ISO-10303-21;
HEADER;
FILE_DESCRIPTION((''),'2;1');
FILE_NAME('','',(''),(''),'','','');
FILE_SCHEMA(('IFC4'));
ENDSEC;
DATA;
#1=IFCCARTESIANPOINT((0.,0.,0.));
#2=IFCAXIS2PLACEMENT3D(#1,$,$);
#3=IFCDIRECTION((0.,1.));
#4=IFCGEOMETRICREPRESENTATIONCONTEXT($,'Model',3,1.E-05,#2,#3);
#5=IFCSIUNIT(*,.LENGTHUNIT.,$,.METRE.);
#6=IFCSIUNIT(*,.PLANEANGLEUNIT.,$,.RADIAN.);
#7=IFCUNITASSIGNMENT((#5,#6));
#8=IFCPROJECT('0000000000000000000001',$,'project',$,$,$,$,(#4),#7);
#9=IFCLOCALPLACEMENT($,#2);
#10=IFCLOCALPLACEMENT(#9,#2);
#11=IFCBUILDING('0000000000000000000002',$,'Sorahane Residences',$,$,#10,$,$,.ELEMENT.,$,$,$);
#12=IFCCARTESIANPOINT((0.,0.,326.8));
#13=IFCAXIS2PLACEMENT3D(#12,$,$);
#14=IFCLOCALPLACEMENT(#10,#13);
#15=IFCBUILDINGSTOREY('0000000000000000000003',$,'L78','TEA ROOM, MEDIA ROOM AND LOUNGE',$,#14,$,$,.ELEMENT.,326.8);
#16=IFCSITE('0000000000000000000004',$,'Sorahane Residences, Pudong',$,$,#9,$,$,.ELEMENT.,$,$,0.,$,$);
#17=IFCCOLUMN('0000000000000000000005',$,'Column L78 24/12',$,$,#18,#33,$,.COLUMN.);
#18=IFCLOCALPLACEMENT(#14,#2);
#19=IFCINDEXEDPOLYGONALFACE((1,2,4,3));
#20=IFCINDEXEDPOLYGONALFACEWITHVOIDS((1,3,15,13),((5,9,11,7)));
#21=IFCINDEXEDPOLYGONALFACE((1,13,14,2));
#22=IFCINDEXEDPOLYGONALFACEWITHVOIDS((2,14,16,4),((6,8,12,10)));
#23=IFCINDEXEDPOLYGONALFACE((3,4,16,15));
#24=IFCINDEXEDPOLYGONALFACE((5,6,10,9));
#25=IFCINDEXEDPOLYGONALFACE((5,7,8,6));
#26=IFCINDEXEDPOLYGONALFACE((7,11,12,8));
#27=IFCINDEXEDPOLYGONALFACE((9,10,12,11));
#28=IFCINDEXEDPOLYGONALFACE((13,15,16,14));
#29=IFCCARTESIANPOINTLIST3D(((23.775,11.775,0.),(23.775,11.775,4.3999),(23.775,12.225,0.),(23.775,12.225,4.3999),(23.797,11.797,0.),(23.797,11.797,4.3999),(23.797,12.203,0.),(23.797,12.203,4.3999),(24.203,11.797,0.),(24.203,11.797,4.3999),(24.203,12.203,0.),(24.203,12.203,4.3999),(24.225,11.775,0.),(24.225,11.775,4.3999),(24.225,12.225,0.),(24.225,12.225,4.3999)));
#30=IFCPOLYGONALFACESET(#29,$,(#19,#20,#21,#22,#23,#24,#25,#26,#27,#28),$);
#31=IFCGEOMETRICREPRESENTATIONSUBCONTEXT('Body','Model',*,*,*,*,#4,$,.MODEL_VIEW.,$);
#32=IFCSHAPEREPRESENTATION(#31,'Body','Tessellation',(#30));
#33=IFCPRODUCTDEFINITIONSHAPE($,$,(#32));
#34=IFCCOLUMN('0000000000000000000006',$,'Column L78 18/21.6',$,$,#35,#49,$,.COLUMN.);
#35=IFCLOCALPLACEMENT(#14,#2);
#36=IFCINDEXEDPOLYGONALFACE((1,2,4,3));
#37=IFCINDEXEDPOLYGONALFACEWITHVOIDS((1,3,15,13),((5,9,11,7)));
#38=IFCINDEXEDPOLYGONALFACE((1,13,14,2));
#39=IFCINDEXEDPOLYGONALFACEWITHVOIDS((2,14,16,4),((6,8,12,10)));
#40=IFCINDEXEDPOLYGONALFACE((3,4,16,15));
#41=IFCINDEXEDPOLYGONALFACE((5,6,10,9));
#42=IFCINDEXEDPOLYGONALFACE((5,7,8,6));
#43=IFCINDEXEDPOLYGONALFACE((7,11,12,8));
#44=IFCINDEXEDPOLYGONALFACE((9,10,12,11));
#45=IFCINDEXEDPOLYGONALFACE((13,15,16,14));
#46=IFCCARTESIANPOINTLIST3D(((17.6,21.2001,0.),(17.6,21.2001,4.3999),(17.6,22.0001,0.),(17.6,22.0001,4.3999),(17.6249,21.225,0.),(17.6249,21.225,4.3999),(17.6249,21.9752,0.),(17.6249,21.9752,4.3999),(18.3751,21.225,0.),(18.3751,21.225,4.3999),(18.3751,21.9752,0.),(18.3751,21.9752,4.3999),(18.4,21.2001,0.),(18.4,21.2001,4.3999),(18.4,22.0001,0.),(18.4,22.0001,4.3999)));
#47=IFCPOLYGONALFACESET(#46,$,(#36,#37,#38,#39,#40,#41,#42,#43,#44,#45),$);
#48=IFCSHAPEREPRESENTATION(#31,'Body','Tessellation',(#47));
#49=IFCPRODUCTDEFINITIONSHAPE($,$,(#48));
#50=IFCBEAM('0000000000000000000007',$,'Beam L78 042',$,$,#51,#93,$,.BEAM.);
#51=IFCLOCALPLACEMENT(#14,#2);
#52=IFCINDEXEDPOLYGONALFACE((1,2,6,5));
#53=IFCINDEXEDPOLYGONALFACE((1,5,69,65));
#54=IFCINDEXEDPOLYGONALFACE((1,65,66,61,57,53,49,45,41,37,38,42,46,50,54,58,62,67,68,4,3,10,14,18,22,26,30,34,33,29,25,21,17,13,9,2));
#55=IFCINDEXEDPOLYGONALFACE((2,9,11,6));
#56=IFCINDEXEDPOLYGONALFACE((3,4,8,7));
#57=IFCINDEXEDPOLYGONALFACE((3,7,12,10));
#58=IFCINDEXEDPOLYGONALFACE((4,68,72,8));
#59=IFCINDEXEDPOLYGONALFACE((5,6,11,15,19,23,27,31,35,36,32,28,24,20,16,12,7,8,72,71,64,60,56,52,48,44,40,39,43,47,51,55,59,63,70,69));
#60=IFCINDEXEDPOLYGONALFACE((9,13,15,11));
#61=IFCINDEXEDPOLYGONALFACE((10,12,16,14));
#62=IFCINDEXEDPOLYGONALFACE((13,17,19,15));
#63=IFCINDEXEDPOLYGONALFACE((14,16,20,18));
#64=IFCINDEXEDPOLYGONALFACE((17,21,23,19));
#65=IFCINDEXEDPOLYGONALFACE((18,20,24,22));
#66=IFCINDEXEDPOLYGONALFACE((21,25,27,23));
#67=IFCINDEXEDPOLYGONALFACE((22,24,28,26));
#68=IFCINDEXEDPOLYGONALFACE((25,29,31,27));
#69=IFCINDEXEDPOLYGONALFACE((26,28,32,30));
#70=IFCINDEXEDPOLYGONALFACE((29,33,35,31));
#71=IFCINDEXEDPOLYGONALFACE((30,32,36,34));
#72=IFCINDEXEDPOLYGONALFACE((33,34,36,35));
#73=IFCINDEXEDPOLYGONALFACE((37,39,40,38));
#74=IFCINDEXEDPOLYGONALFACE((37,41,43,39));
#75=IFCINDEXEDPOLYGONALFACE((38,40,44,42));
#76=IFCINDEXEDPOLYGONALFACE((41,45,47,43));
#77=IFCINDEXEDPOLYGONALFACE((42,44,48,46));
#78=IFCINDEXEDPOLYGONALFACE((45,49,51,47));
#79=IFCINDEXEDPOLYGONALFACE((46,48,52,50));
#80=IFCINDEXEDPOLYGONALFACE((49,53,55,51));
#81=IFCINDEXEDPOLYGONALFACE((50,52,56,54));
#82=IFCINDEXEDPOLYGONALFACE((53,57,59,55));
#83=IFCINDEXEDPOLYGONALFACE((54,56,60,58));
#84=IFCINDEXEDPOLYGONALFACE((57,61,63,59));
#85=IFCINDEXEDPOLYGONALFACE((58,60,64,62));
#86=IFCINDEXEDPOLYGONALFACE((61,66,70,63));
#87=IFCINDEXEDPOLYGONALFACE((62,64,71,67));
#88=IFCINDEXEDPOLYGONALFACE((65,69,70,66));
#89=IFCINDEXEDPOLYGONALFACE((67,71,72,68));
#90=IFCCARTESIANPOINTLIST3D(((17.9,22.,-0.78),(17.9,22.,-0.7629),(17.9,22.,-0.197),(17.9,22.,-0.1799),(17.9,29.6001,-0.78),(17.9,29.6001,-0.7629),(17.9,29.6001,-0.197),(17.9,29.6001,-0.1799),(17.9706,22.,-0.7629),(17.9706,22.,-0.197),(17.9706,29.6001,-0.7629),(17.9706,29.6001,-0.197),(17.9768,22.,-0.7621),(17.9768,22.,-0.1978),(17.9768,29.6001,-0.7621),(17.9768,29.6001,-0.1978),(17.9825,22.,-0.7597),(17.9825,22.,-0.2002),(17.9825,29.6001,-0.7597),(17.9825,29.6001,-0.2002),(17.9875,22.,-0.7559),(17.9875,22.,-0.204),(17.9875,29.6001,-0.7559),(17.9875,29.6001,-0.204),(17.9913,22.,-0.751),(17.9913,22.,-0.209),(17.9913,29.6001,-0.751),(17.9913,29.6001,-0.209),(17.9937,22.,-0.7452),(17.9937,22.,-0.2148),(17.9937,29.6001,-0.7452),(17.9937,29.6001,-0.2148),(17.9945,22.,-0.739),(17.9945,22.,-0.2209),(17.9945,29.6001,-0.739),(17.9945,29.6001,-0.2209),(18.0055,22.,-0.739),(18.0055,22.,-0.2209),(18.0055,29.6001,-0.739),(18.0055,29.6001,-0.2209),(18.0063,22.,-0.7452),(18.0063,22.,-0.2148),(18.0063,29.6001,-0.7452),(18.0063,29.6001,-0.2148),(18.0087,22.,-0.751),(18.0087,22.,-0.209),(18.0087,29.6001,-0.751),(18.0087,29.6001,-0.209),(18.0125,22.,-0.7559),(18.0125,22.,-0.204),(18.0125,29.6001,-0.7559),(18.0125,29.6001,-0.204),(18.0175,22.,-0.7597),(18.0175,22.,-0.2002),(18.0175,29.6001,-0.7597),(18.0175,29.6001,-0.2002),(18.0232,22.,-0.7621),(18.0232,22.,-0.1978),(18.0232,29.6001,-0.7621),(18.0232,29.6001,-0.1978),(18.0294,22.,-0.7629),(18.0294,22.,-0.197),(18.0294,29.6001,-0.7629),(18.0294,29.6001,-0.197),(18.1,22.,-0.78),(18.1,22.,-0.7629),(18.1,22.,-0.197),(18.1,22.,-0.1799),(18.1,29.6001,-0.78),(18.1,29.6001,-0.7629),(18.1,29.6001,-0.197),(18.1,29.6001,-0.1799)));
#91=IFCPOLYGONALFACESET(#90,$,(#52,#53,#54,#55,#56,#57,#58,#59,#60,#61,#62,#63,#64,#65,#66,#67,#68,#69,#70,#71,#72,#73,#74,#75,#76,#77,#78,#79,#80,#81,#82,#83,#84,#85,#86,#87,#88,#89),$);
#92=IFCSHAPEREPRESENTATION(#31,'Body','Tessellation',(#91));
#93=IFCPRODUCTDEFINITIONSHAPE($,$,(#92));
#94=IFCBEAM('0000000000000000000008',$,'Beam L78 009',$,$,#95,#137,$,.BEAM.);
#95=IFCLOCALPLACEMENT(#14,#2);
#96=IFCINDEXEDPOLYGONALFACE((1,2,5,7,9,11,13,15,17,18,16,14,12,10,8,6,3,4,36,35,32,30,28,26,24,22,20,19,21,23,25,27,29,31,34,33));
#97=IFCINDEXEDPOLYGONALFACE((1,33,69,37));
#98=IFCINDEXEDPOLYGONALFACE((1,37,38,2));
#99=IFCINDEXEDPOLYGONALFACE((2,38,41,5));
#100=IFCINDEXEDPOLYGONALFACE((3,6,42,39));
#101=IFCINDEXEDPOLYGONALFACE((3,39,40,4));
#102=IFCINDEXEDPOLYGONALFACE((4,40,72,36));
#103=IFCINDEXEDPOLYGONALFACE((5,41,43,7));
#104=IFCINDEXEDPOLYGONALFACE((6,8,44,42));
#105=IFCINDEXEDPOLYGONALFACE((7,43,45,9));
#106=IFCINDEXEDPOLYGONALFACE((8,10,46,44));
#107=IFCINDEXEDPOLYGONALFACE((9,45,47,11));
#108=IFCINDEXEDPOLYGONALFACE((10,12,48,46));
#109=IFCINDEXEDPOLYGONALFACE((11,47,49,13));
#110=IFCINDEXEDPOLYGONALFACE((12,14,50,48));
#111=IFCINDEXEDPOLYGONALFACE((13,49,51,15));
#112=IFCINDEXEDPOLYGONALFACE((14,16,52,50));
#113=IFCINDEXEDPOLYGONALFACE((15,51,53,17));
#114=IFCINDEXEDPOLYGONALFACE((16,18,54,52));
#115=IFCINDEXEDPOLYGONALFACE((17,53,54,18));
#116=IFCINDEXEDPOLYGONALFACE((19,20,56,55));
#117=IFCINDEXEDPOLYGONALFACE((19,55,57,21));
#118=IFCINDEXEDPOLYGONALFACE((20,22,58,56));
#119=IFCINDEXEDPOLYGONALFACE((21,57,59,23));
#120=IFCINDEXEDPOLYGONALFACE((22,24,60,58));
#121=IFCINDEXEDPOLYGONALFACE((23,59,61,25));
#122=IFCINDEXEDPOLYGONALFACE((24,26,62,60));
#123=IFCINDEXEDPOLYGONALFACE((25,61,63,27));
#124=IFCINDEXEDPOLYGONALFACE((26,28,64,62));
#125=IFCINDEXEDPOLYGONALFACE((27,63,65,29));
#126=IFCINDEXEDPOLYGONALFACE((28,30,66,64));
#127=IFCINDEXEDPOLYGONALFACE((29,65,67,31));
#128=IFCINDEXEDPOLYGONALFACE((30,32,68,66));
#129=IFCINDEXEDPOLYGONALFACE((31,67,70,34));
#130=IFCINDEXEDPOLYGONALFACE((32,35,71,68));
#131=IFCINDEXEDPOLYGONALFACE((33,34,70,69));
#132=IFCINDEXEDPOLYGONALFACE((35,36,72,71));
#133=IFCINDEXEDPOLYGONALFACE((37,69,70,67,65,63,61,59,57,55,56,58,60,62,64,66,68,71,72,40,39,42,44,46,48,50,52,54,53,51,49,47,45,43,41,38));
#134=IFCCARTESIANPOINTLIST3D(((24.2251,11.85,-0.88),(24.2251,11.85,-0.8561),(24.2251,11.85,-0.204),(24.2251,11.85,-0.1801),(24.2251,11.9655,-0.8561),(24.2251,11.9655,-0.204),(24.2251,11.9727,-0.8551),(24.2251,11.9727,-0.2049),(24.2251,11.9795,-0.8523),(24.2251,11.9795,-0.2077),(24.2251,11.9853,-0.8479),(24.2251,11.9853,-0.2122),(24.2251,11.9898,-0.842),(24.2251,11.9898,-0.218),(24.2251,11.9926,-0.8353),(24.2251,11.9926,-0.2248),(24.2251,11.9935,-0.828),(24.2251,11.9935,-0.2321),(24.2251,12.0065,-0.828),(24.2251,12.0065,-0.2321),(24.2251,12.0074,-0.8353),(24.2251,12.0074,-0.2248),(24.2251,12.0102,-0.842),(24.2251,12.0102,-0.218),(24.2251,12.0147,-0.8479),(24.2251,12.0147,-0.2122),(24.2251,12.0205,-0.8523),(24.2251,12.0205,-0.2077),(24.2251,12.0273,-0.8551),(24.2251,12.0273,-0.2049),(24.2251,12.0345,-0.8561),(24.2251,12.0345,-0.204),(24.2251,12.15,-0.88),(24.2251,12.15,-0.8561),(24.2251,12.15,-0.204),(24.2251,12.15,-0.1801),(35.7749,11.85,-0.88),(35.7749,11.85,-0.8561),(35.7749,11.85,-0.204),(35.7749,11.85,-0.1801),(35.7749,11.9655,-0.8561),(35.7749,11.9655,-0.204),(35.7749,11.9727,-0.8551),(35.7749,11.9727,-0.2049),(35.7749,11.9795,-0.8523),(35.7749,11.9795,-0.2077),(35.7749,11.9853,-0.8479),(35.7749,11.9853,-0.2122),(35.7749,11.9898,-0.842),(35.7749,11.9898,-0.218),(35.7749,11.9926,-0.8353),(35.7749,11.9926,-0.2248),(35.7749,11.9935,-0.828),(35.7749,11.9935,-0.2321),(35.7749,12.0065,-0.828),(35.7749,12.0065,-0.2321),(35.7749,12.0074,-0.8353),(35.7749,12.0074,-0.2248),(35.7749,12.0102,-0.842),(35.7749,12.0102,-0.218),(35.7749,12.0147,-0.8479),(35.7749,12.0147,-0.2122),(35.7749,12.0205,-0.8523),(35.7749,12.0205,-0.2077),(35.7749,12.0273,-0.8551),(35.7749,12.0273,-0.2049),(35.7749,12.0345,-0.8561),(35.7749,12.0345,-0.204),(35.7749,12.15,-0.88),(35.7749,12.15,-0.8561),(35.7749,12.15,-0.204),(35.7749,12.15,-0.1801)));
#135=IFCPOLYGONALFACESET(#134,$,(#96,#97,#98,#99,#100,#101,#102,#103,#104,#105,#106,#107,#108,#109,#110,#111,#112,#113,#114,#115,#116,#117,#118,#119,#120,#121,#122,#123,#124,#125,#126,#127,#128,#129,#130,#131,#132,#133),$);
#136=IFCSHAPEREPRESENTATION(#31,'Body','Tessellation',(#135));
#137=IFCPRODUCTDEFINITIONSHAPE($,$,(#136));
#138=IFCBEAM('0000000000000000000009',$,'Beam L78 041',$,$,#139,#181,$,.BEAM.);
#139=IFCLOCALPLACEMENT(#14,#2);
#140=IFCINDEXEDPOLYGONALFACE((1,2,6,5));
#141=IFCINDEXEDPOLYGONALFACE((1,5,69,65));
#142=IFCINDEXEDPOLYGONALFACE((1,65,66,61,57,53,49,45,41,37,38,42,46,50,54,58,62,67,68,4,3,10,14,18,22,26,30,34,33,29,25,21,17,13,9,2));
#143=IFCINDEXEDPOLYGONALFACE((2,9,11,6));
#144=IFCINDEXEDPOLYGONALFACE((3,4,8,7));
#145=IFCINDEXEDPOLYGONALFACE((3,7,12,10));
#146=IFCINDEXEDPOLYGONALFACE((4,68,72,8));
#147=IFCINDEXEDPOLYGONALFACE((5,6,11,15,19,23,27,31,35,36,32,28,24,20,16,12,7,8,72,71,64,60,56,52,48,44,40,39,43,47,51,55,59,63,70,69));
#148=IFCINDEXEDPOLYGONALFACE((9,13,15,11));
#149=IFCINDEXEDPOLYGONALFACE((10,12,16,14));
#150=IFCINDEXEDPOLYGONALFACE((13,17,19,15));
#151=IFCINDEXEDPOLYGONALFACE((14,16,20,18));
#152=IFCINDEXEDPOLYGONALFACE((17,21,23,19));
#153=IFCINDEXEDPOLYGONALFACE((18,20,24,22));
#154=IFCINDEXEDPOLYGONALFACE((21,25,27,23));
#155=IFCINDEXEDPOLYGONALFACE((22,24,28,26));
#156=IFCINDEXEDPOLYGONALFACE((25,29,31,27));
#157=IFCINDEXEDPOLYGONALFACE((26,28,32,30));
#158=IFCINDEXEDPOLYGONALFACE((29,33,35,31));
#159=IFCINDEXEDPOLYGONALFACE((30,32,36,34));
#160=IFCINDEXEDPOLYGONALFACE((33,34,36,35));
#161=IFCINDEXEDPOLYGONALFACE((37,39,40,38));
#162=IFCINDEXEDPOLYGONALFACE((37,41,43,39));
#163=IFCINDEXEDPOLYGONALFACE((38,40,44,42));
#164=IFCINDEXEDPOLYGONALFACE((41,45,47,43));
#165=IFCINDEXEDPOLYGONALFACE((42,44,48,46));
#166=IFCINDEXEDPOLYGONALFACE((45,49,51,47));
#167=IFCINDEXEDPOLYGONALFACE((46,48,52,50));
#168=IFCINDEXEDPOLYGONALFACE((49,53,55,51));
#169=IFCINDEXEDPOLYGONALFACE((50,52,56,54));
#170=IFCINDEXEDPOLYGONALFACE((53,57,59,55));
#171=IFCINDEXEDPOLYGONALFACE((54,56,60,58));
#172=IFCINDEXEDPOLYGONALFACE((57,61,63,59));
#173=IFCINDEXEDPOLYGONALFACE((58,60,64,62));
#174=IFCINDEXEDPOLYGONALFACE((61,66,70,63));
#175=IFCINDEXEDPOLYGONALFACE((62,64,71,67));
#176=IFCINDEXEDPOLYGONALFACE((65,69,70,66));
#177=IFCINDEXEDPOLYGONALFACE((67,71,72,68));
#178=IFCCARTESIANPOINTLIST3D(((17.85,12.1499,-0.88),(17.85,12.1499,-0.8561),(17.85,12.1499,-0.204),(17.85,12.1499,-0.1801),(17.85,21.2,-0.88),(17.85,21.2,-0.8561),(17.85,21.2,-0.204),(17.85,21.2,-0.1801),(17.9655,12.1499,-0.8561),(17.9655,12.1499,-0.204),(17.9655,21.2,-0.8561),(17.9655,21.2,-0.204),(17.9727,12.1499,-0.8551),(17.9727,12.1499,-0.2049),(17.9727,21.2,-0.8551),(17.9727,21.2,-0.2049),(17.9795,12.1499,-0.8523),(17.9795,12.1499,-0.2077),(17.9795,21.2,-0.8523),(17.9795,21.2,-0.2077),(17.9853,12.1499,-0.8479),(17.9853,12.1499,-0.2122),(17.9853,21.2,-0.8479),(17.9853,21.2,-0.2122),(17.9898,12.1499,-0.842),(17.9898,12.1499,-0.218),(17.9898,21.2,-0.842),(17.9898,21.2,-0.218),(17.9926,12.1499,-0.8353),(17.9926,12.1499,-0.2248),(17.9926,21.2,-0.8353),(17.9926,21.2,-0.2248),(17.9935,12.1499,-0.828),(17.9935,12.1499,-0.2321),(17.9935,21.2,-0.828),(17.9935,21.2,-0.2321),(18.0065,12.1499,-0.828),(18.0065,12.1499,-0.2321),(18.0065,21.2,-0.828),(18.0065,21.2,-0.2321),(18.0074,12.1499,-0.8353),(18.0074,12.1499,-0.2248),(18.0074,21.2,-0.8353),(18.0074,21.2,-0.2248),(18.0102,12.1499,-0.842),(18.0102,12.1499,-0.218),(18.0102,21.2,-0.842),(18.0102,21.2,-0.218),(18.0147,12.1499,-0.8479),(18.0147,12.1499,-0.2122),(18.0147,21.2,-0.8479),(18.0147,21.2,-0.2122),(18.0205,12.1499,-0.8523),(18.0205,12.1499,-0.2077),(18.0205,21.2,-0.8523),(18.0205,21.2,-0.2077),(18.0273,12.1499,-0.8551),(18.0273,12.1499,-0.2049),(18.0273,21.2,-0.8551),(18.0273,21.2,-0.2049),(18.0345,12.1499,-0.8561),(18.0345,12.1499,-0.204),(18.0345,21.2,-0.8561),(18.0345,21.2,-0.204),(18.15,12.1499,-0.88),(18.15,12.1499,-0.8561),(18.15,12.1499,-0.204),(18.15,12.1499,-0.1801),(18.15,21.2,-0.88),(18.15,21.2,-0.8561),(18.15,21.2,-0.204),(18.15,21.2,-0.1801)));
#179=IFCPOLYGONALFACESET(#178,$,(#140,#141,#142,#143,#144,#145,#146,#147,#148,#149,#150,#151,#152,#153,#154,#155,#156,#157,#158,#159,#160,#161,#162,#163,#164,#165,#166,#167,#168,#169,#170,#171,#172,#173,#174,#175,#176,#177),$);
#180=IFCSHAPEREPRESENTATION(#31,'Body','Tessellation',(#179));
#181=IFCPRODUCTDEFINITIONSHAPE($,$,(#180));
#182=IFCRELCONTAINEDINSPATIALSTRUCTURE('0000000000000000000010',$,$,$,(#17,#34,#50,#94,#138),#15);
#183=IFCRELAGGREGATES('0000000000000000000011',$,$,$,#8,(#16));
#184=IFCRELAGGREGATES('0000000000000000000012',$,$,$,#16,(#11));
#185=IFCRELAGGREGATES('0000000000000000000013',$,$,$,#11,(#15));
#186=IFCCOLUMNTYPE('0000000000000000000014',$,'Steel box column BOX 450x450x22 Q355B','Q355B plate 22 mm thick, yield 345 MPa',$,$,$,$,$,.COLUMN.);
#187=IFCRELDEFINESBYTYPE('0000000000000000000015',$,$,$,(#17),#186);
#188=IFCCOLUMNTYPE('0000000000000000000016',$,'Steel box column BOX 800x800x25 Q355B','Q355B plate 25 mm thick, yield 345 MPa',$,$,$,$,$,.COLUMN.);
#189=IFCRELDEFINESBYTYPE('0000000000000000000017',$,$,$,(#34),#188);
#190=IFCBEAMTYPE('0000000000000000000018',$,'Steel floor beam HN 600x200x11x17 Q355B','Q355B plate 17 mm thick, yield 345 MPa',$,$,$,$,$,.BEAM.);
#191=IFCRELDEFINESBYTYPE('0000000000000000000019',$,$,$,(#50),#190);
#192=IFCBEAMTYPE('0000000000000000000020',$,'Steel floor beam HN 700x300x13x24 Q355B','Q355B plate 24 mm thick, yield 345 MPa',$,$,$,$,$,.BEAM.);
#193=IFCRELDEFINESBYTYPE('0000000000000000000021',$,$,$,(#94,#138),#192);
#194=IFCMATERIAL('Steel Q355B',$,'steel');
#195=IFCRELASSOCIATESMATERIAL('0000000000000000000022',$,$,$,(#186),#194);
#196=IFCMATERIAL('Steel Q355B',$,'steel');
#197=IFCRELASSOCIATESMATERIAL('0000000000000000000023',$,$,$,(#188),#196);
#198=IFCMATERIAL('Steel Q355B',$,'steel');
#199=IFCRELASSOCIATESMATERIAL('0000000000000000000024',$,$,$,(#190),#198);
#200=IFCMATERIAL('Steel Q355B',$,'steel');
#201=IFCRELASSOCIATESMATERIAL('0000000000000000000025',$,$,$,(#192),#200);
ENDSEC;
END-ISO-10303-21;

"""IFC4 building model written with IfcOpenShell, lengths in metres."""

from ifc_helpers import new_model, si_unit, direction, frame, origin, origin_2d, place, context, subcontext, project, spatial, hollow_rectangle, i_section, extrude, material, material_profile, profile_set, type_object, element, save


model = new_model("IFC4")

# Units and contexts
model_context = context("Model", 3, precision=1e-05, world=origin(), true_north=direction((0.0, 1.0)))
body_context = subcontext(model_context, "Body", "Model", "MODEL_VIEW")
ifc_project = project(units=[si_unit("LENGTHUNIT", "METRE"), si_unit("PLANEANGLEUNIT", "RADIAN")], contexts=[model_context])

# Site, building, storey
site_placement = place(None, origin())
site = spatial("IfcSite", under=ifc_project, at=site_placement, Name="Sorahane Residences, Pudong", CompositionType="ELEMENT", RefElevation=0.0)
building_placement = place(site_placement, origin())
building = spatial("IfcBuilding", under=site, at=building_placement, Name="Sorahane Residences", CompositionType="ELEMENT")
storey_placement = place(building_placement, frame((0.0, 0.0, 326.8)))
storey = spatial("IfcBuildingStorey", under=building, at=storey_placement, Name="L78", Description="TEA ROOM, MEDIA ROOM AND LOUNGE", CompositionType="ELEMENT", Elevation=326.8)

# Columns
ifc_material_1 = material(Name="Steel Q355B", Category="steel")
ifc_material_profile_1 = material_profile(ifc_material_1, hollow_rectangle(XDim=0.45, YDim=0.45, WallThickness=0.022, at=origin_2d()), Name="BOX 450x450x22")
ifc_profile_set_1 = profile_set([ifc_material_profile_1], Name="Steel Q355B")
column_type_1 = type_object("IfcColumnType", Name="Steel box column BOX 450x450x22 Q355B", Description="Q355B plate 22 mm thick, yield 345 MPa", PredefinedType="COLUMN", material=ifc_profile_set_1)
column_1_placement = place(storey_placement, frame((24.0, 12.0, 0.0), z_axis=(0.0, 0.0, 1.0), x_axis=(1.0, 0.0, 0.0)))
element("IfcColumn", 1, at=column_1_placement, inside=storey, type_object=column_type_1, Name="Column L78 24/12", PredefinedType="COLUMN", context=body_context, shape_type="SweptSolid", body=[
    extrude(hollow_rectangle(XDim=0.45, YDim=0.45, WallThickness=0.022, at=origin_2d()), origin(), (0.0, 0.0, 1.0), 4.3999),
])
ifc_material_2 = material(Name="Steel Q355B", Category="steel")
ifc_material_profile_2 = material_profile(ifc_material_2, hollow_rectangle(XDim=0.8, YDim=0.8, WallThickness=0.0249, at=origin_2d()), Name="BOX 800x800x25")
ifc_profile_set_2 = profile_set([ifc_material_profile_2], Name="Steel Q355B")
column_type_2 = type_object("IfcColumnType", Name="Steel box column BOX 800x800x25 Q355B", Description="Q355B plate 25 mm thick, yield 345 MPa", PredefinedType="COLUMN", material=ifc_profile_set_2)
column_2_placement = place(storey_placement, frame((18.0, 21.6001, 0.0), z_axis=(0.0, 0.0, 1.0), x_axis=(1.0, 0.0, 0.0)))
element("IfcColumn", 2, at=column_2_placement, inside=storey, type_object=column_type_2, Name="Column L78 18/21.6", PredefinedType="COLUMN", context=body_context, shape_type="SweptSolid", body=[
    extrude(hollow_rectangle(XDim=0.8, YDim=0.8, WallThickness=0.0249, at=origin_2d()), origin(), (0.0, 0.0, 1.0), 4.3999),
])

# Beams
ifc_material_3 = material(Name="Steel Q355B", Category="steel")
ifc_material_profile_3 = material_profile(ifc_material_3, i_section(OverallWidth=0.2, OverallDepth=0.6001, WebThickness=0.011, FlangeThickness=0.0171, FilletRadius=0.0239, at=origin_2d()), Name="HN 600x200x11x17")
ifc_profile_set_3 = profile_set([ifc_material_profile_3], Name="Steel Q355B")
beam_type_1 = type_object("IfcBeamType", Name="Steel floor beam HN 600x200x11x17 Q355B", Description="Q355B plate 17 mm thick, yield 345 MPa", PredefinedType="BEAM", material=ifc_profile_set_3)
beam_1_placement = place(storey_placement, frame((18.0, 22.0, -0.48), z_axis=(0.0, 1.0, 0.0), x_axis=(-1.0, 0.0, 0.0)))
element("IfcBeam", 3, at=beam_1_placement, inside=storey, type_object=beam_type_1, Name="Beam L78 042", PredefinedType="BEAM", context=body_context, shape_type="SweptSolid", body=[
    extrude(i_section(OverallWidth=0.2, OverallDepth=0.6001, WebThickness=0.011, FlangeThickness=0.0171, FilletRadius=0.0239, at=origin_2d()), origin(), (0.0, 0.0, 1.0), 7.6001),
])
ifc_material_4 = material(Name="Steel Q355B", Category="steel")
ifc_material_profile_4 = material_profile(ifc_material_4, i_section(OverallWidth=0.3, OverallDepth=0.7, WebThickness=0.0129, FlangeThickness=0.0239, FilletRadius=0.0281, at=origin_2d()), Name="HN 700x300x13x24")
ifc_profile_set_4 = profile_set([ifc_material_profile_4], Name="Steel Q355B")
beam_type_2 = type_object("IfcBeamType", Name="Steel floor beam HN 700x300x13x24 Q355B", Description="Q355B plate 24 mm thick, yield 345 MPa", PredefinedType="BEAM", material=ifc_profile_set_4)
beam_2_placement = place(storey_placement, frame((24.2251, 12.0, -0.53), z_axis=(1.0, 0.0, 0.0), x_axis=(0.0, 1.0, 0.0)))
element("IfcBeam", 4, at=beam_2_placement, inside=storey, type_object=beam_type_2, Name="Beam L78 009", PredefinedType="BEAM", context=body_context, shape_type="SweptSolid", body=[
    extrude(i_section(OverallWidth=0.3, OverallDepth=0.7, WebThickness=0.0129, FlangeThickness=0.0239, FilletRadius=0.0281, at=origin_2d()), origin(), (0.0, 0.0, 1.0), 11.5498),
])
beam_3_placement = place(storey_placement, frame((18.0, 12.1499, -0.53), z_axis=(0.0, 1.0, 0.0), x_axis=(-1.0, 0.0, 0.0)))
element("IfcBeam", 5, at=beam_3_placement, inside=storey, type_object=beam_type_2, Name="Beam L78 041", PredefinedType="BEAM", context=body_context, shape_type="SweptSolid", body=[
    extrude(i_section(OverallWidth=0.3, OverallDepth=0.7, WebThickness=0.0129, FlangeThickness=0.0239, FilletRadius=0.0281, at=origin_2d()), origin(), (0.0, 0.0, 1.0), 9.05),
])

save(model, "model.ifc")
